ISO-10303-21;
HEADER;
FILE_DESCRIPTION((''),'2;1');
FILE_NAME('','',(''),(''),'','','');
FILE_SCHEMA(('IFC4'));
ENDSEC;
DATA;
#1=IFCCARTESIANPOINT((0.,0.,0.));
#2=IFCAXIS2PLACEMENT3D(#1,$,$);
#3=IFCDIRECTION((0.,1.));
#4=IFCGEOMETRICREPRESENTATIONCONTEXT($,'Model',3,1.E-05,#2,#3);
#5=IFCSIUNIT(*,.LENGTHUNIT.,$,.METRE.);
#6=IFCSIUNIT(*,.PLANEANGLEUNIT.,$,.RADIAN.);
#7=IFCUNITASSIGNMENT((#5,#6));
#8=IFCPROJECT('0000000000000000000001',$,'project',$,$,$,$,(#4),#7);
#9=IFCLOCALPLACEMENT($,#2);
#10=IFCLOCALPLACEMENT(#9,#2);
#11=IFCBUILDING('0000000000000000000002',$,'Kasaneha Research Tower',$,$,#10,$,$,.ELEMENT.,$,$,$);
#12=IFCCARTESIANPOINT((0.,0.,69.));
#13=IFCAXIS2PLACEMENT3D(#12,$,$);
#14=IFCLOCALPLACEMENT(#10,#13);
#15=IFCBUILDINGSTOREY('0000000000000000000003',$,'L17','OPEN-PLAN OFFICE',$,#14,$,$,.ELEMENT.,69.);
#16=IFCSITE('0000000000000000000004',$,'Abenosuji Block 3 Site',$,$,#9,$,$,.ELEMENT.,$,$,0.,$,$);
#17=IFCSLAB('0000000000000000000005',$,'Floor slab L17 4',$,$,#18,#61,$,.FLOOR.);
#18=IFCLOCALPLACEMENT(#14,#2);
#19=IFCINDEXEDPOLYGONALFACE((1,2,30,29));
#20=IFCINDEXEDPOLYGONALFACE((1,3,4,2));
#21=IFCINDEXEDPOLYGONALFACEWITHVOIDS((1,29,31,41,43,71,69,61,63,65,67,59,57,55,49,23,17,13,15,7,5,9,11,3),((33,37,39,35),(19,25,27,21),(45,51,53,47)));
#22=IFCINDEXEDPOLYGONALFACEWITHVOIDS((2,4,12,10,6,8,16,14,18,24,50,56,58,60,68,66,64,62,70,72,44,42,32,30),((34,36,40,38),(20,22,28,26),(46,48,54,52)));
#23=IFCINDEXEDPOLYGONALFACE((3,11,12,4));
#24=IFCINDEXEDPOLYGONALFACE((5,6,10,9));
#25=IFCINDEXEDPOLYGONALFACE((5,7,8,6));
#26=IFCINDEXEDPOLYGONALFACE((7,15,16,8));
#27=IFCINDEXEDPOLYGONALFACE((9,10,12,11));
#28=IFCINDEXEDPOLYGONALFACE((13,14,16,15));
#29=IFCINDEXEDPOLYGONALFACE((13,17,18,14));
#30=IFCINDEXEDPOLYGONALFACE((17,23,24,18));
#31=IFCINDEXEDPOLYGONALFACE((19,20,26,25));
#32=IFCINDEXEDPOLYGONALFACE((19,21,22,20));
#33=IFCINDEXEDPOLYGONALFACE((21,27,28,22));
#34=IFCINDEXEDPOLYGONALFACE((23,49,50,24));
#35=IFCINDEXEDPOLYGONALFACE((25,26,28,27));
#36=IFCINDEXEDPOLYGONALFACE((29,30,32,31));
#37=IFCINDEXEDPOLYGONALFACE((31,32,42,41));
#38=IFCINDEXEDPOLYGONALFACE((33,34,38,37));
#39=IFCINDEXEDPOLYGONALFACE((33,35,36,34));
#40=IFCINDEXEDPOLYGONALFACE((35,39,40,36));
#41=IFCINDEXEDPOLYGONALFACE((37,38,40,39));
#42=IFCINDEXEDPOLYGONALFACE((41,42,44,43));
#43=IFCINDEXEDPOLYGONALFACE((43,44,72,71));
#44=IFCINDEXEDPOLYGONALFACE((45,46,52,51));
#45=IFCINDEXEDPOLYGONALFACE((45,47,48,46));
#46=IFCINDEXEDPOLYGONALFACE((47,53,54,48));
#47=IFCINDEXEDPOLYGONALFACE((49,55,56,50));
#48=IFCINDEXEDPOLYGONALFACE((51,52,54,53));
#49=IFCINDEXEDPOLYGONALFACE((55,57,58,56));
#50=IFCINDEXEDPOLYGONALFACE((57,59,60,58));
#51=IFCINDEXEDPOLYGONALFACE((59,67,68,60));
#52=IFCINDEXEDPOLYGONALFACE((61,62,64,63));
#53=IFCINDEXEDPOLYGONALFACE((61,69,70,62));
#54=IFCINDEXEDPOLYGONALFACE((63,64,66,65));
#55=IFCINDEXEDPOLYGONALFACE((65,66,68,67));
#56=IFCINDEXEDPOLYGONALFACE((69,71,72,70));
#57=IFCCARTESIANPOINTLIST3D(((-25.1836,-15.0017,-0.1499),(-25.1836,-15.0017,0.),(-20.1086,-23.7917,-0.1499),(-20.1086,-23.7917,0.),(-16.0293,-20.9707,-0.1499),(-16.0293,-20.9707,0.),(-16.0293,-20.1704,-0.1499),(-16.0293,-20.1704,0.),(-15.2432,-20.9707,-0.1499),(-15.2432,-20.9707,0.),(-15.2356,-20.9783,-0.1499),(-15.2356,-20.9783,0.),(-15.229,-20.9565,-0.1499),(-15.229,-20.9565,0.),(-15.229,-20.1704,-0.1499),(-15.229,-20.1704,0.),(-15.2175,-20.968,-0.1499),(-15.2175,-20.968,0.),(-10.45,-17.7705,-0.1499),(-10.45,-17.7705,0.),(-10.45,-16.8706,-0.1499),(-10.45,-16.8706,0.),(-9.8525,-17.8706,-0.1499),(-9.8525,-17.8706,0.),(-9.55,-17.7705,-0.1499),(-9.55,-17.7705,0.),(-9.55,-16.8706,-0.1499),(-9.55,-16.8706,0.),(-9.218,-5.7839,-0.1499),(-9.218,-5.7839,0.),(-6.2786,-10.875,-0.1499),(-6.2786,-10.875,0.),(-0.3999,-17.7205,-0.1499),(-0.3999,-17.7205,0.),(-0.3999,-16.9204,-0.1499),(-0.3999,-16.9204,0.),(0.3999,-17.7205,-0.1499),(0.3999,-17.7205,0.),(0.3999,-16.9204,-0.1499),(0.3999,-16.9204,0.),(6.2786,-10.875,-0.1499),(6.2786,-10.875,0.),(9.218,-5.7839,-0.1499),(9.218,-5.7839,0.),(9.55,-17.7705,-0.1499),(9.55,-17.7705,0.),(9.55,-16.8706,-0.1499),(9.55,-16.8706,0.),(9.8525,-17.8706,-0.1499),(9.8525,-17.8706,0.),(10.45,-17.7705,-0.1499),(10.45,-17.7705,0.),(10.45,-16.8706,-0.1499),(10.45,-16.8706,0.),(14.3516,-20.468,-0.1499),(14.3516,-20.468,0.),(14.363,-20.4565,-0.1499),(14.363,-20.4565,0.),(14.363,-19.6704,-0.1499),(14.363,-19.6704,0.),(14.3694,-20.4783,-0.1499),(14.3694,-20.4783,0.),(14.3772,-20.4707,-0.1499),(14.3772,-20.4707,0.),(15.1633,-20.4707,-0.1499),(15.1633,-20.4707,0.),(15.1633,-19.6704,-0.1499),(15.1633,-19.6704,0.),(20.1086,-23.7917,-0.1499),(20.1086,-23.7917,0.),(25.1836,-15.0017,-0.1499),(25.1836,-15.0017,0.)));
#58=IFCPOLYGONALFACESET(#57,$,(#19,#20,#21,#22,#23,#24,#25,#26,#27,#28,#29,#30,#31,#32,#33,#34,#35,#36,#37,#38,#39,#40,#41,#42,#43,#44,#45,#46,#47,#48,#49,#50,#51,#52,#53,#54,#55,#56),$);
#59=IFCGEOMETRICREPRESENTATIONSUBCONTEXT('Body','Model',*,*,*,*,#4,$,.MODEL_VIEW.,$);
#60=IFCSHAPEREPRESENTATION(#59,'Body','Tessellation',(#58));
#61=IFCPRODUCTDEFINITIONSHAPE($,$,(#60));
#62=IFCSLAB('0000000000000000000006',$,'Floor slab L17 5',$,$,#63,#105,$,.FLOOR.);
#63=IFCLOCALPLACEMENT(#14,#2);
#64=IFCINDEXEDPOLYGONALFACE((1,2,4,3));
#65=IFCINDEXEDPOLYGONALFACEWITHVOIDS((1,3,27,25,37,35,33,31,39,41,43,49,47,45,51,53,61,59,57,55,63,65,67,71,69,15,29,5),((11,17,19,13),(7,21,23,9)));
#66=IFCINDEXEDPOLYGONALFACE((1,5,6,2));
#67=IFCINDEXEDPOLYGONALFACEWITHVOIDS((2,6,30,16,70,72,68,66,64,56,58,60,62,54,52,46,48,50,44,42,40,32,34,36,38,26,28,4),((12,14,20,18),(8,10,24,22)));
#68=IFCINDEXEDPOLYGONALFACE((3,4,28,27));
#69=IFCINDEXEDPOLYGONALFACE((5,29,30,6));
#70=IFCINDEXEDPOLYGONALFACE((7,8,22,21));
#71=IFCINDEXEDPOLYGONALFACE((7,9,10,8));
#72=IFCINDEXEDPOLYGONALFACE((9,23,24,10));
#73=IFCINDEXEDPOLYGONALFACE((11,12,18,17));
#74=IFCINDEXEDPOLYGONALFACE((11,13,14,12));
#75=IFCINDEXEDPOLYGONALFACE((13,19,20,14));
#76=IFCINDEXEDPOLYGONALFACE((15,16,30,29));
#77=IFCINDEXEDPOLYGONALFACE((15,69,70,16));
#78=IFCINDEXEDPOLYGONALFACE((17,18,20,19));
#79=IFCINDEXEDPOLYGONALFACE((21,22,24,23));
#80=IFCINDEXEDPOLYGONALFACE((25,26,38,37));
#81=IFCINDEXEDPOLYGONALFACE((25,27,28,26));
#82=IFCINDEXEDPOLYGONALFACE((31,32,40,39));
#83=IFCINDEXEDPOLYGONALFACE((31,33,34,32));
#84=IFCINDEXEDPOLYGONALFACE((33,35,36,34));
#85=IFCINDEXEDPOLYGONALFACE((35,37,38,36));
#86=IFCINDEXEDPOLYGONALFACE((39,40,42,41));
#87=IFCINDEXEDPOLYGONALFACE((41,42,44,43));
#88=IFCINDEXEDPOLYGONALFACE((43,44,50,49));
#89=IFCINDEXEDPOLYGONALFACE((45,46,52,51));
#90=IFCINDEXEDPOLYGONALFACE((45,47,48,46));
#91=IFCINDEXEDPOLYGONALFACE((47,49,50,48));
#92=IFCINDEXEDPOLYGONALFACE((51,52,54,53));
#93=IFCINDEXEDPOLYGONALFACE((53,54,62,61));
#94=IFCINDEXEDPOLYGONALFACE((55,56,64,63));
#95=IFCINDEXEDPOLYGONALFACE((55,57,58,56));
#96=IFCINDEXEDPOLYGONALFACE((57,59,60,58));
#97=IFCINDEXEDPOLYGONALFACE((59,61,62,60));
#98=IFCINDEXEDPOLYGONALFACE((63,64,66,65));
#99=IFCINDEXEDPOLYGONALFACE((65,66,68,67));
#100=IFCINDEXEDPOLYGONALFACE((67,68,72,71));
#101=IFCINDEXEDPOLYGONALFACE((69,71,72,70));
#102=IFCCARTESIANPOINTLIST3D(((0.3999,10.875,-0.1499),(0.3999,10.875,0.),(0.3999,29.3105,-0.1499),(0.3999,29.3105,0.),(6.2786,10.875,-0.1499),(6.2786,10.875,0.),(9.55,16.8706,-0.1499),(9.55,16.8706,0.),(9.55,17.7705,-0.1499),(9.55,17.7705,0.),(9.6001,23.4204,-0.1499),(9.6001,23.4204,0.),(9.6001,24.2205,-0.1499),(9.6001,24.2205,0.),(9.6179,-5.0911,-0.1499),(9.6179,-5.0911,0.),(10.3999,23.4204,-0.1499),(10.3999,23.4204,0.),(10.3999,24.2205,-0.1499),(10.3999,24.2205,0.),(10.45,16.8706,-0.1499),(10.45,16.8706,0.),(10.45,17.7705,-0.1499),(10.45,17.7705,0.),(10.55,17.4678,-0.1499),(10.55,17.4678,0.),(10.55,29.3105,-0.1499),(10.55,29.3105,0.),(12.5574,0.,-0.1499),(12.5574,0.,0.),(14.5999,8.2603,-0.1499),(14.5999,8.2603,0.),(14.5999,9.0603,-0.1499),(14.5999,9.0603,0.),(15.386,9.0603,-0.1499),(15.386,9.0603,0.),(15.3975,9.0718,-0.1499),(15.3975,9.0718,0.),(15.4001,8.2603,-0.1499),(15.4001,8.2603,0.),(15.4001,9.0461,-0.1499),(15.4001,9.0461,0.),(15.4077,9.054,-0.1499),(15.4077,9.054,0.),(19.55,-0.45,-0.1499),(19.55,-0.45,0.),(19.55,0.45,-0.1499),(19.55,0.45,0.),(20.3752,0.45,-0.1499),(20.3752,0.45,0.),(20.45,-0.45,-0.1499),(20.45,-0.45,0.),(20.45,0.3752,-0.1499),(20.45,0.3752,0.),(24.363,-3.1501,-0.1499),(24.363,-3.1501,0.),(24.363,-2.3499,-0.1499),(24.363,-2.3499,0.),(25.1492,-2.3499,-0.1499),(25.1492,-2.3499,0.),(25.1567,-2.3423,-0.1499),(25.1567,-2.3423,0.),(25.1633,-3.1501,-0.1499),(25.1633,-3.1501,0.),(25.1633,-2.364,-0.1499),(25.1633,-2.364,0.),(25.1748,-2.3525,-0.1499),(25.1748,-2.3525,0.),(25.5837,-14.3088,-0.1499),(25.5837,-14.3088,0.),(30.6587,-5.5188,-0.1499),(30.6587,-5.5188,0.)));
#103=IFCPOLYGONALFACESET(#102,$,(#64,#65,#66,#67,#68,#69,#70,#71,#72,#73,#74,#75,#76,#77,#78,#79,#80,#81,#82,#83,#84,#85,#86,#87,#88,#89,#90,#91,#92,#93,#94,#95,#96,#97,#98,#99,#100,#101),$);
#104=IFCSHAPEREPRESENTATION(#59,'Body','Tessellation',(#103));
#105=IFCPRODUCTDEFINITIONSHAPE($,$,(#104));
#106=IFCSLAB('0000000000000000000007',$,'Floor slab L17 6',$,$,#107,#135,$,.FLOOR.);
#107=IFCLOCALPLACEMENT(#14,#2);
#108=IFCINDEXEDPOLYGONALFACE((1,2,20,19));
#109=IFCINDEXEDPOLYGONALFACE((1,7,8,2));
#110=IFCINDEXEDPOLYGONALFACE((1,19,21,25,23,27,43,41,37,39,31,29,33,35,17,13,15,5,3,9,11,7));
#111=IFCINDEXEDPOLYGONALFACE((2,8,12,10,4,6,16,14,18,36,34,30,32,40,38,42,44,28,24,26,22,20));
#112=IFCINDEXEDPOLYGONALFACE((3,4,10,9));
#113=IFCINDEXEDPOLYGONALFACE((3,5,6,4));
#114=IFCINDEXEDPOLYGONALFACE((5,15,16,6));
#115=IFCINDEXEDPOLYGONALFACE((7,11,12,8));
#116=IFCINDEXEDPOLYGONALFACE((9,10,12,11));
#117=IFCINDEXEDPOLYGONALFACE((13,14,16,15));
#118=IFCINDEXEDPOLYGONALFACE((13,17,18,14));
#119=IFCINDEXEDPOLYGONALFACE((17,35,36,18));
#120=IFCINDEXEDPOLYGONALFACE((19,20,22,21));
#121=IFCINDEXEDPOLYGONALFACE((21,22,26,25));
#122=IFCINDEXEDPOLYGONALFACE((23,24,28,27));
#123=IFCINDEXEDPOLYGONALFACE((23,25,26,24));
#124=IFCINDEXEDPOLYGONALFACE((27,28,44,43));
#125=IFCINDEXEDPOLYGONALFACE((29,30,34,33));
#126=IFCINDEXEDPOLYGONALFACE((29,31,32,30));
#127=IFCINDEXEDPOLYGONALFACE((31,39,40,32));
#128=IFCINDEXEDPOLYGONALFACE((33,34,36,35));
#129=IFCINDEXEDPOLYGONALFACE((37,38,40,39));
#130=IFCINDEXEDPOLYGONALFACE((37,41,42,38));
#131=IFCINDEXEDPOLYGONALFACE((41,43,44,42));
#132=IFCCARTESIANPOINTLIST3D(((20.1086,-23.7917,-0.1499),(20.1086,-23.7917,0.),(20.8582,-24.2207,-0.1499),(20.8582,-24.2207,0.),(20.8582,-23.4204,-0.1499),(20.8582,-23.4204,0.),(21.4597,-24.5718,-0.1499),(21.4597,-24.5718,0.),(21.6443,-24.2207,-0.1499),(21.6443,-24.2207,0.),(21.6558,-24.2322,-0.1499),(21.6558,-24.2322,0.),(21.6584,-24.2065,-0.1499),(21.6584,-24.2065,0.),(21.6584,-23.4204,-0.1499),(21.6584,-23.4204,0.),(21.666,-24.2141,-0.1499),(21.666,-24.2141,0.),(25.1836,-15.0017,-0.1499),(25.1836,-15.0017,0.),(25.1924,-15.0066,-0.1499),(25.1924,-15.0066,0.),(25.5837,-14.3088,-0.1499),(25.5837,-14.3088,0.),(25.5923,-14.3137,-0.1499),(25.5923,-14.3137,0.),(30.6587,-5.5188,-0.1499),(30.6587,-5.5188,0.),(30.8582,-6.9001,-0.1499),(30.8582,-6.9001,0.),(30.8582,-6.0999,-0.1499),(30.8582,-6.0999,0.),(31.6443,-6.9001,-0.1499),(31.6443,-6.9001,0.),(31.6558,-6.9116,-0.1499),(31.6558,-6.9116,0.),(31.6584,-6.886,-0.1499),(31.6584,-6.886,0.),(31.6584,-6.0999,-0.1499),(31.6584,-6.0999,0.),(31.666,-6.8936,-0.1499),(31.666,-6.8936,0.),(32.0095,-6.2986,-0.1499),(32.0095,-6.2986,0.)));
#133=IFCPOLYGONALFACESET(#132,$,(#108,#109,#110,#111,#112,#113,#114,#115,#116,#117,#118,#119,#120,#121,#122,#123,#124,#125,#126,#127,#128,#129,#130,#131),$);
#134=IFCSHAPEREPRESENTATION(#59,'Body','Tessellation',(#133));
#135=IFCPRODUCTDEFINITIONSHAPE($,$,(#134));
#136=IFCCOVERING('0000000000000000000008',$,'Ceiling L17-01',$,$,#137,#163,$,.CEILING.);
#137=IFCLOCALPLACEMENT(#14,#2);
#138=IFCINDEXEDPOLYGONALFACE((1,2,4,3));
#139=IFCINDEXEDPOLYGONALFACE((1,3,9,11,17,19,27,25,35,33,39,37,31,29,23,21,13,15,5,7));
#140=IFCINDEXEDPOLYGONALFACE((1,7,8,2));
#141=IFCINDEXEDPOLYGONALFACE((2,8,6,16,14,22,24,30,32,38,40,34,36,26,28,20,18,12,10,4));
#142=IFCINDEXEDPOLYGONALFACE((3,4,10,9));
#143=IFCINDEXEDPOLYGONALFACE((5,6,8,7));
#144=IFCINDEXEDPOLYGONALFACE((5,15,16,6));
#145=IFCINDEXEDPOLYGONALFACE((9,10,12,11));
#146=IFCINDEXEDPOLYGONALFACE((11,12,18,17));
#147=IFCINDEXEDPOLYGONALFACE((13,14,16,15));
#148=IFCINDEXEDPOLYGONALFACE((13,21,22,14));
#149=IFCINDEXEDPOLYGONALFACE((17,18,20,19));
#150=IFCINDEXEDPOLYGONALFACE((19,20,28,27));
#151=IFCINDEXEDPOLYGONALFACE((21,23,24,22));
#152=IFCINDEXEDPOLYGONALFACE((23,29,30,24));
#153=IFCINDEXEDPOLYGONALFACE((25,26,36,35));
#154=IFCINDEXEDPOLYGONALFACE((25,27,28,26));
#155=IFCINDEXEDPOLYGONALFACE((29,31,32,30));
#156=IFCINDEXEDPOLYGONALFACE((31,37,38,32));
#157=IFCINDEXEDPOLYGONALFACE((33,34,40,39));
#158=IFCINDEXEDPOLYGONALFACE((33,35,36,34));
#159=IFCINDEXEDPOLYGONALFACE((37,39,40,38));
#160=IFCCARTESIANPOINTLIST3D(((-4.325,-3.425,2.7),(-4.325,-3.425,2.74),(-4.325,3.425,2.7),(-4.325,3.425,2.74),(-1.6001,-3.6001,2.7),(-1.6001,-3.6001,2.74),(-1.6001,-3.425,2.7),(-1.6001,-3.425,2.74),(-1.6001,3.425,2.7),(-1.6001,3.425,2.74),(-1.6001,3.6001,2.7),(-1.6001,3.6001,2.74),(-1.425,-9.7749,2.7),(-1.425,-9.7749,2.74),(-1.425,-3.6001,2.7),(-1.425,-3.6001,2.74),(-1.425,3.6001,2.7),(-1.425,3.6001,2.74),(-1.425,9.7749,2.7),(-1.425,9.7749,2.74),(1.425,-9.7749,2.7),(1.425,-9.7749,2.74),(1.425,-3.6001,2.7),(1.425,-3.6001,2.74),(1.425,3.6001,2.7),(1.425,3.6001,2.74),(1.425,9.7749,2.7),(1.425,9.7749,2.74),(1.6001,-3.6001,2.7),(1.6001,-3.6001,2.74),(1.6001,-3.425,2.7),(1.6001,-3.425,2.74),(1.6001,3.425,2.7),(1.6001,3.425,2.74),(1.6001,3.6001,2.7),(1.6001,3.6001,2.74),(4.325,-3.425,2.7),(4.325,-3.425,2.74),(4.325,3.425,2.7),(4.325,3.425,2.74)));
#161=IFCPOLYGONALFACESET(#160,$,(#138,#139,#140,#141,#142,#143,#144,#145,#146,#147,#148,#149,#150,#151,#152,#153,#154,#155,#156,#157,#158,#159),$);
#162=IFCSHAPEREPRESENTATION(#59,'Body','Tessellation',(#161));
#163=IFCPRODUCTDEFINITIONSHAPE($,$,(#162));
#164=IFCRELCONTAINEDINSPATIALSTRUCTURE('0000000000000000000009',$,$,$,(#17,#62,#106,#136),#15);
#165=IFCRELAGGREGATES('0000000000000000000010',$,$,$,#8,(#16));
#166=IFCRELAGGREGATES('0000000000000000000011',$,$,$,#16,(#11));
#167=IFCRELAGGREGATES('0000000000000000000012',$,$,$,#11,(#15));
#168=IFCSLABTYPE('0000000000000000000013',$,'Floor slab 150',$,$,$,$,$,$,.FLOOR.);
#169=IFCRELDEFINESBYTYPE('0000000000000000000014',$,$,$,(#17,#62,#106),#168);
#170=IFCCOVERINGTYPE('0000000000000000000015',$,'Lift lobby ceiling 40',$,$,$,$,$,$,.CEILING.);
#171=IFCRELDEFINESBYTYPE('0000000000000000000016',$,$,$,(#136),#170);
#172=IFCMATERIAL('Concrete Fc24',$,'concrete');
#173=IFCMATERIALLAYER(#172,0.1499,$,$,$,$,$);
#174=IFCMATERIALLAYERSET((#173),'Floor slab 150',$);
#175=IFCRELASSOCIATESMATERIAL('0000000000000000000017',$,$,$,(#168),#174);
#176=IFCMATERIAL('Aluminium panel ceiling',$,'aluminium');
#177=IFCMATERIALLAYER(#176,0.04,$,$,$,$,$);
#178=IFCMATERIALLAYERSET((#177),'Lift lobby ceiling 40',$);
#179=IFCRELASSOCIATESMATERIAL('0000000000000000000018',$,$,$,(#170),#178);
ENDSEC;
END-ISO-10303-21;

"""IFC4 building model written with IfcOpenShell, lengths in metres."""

from ifc_helpers import new_model, si_unit, direction, frame, origin, place, context, subcontext, project, spatial, polyline, outline, extrude, material, layer, layer_set, type_object, element, save


model = new_model("IFC4")

# Units and contexts
model_context = context("Model", 3, precision=1e-05, world=origin(), true_north=direction((0.0, 1.0)))
body_context = subcontext(model_context, "Body", "Model", "MODEL_VIEW")
ifc_project = project(units=[si_unit("LENGTHUNIT", "METRE"), si_unit("PLANEANGLEUNIT", "RADIAN")], contexts=[model_context])

# Site, building, storey
site_placement = place(None, origin())
site = spatial("IfcSite", under=ifc_project, at=site_placement, Name="Abenosuji Block 3 Site", CompositionType="ELEMENT", RefElevation=0.0)
building_placement = place(site_placement, origin())
building = spatial("IfcBuilding", under=site, at=building_placement, Name="Kasaneha Research Tower", CompositionType="ELEMENT")
storey_placement = place(building_placement, frame((0.0, 0.0, 69.0)))
storey = spatial("IfcBuildingStorey", under=building, at=storey_placement, Name="L17", Description="OPEN-PLAN OFFICE", CompositionType="ELEMENT", Elevation=69.0)

# Slabs
ifc_material_1 = material(Name="Concrete Fc24", Category="concrete")
ifc_layer_1 = layer(ifc_material_1, 0.1499)
ifc_layer_set_1 = layer_set([ifc_layer_1], Name="Floor slab 150")
slab_type_1 = type_object("IfcSlabType", Name="Floor slab 150", PredefinedType="FLOOR", material=ifc_layer_set_1)
slab_1_placement = place(storey_placement, frame((0.0, 0.0, -0.1499)))
element("IfcSlab", 1, at=slab_1_placement, inside=storey, type_object=slab_type_1, Name="Floor slab L17 4", PredefinedType="FLOOR", context=body_context, shape_type="SweptSolid", body=[
    extrude(outline(polyline([(-6.2786, -10.875), (6.2786, -10.875), (9.218, -5.7839), (25.1836, -15.0017), (20.1086, -23.7917), (14.3694, -20.4783), (14.3772, -20.4707), (15.1633, -20.4707), (15.1633, -19.6704), (14.363, -19.6704), (14.363, -20.4565), (14.3516, -20.468), (9.8525, -17.8706), (-9.8525, -17.8706), (-15.2175, -20.968), (-15.229, -20.9565), (-15.229, -20.1704), (-16.0293, -20.1704), (-16.0293, -20.9707), (-15.2432, -20.9707), (-15.2356, -20.9783), (-20.1086, -23.7917), (-25.1836, -15.0017), (-9.218, -5.7839), (-6.2786, -10.875)]), holes=[polyline([(0.3999, -17.7205), (0.3999, -16.9204), (-0.3999, -16.9204), (-0.3999, -17.7205), (0.3999, -17.7205)]), polyline([(-9.55, -16.8706), (-10.45, -16.8706), (-10.45, -17.7705), (-9.55, -17.7705), (-9.55, -16.8706)]), polyline([(10.45, -16.8706), (9.55, -16.8706), (9.55, -17.7705), (10.45, -17.7705), (10.45, -16.8706)])]), origin(), (0.0, 0.0, 1.0), 0.1499),
])
slab_2_placement = place(storey_placement, frame((0.0, 0.0, -0.1499)))
element("IfcSlab", 2, at=slab_2_placement, inside=storey, type_object=slab_type_1, Name="Floor slab L17 5", PredefinedType="FLOOR", context=body_context, shape_type="SweptSolid", body=[
    extrude(outline(polyline([(9.6179, -5.0911), (12.5574, 0.0), (6.2786, 10.875), (0.3999, 10.875), (0.3999, 29.3105), (10.55, 29.3105), (10.55, 17.4678), (15.3975, 9.0718), (15.386, 9.0603), (14.5999, 9.0603), (14.5999, 8.2603), (15.4001, 8.2603), (15.4001, 9.0461), (15.4077, 9.054), (20.3752, 0.45), (19.55, 0.45), (19.55, -0.45), (20.45, -0.45), (20.45, 0.3752), (25.1567, -2.3423), (25.1492, -2.3499), (24.363, -2.3499), (24.363, -3.1501), (25.1633, -3.1501), (25.1633, -2.364), (25.1748, -2.3525), (30.6587, -5.5188), (25.5837, -14.3088), (9.6179, -5.0911)]), holes=[polyline([(10.45, 16.8706), (10.45, 17.7705), (9.55, 17.7705), (9.55, 16.8706), (10.45, 16.8706)]), polyline([(10.3999, 23.4204), (10.3999, 24.2205), (9.6001, 24.2205), (9.6001, 23.4204), (10.3999, 23.4204)])]), origin(), (0.0, 0.0, 1.0), 0.1499),
])
slab_3_placement = place(storey_placement, frame((0.0, 0.0, -0.1499)))
element("IfcSlab", 3, at=slab_3_placement, inside=storey, type_object=slab_type_1, Name="Floor slab L17 6", PredefinedType="FLOOR", context=body_context, shape_type="SweptSolid", body=[
    extrude(outline(polyline([(25.1924, -15.0066), (25.5923, -14.3137), (25.5837, -14.3088), (30.6587, -5.5188), (32.0095, -6.2986), (31.666, -6.8936), (31.6584, -6.886), (31.6584, -6.0999), (30.8582, -6.0999), (30.8582, -6.9001), (31.6443, -6.9001), (31.6558, -6.9116), (21.666, -24.2141), (21.6584, -24.2065), (21.6584, -23.4204), (20.8582, -23.4204), (20.8582, -24.2207), (21.6443, -24.2207), (21.6558, -24.2322), (21.4597, -24.5718), (20.1086, -23.7917), (25.1836, -15.0017), (25.1924, -15.0066)])), origin(), (0.0, 0.0, 1.0), 0.1499),
])

# Covering
ifc_material_2 = material(Name="Aluminium panel ceiling", Category="aluminium")
ifc_layer_2 = layer(ifc_material_2, 0.04)
ifc_layer_set_2 = layer_set([ifc_layer_2], Name="Lift lobby ceiling 40")
covering_type_1 = type_object("IfcCoveringType", Name="Lift lobby ceiling 40", PredefinedType="CEILING", material=ifc_layer_set_2)
covering_1_placement = place(storey_placement, frame((0.0, 0.0, 2.7)))
element("IfcCovering", 4, at=covering_1_placement, inside=storey, type_object=covering_type_1, Name="Ceiling L17-01", PredefinedType="CEILING", context=body_context, shape_type="SweptSolid", body=[
    extrude(outline(polyline([(1.425, 9.7749), (1.425, 3.6001), (1.6001, 3.6001), (1.6001, 3.425), (4.325, 3.425), (4.325, -3.425), (1.6001, -3.425), (1.6001, -3.6001), (1.425, -3.6001), (1.425, -9.7749), (-1.425, -9.7749), (-1.425, -3.6001), (-1.6001, -3.6001), (-1.6001, -3.425), (-4.325, -3.425), (-4.325, 3.425), (-1.6001, 3.425), (-1.6001, 3.6001), (-1.425, 3.6001), (-1.425, 9.7749), (1.425, 9.7749)])), origin(), (0.0, 0.0, 1.0), 0.04),
])

save(model, "model.ifc")
